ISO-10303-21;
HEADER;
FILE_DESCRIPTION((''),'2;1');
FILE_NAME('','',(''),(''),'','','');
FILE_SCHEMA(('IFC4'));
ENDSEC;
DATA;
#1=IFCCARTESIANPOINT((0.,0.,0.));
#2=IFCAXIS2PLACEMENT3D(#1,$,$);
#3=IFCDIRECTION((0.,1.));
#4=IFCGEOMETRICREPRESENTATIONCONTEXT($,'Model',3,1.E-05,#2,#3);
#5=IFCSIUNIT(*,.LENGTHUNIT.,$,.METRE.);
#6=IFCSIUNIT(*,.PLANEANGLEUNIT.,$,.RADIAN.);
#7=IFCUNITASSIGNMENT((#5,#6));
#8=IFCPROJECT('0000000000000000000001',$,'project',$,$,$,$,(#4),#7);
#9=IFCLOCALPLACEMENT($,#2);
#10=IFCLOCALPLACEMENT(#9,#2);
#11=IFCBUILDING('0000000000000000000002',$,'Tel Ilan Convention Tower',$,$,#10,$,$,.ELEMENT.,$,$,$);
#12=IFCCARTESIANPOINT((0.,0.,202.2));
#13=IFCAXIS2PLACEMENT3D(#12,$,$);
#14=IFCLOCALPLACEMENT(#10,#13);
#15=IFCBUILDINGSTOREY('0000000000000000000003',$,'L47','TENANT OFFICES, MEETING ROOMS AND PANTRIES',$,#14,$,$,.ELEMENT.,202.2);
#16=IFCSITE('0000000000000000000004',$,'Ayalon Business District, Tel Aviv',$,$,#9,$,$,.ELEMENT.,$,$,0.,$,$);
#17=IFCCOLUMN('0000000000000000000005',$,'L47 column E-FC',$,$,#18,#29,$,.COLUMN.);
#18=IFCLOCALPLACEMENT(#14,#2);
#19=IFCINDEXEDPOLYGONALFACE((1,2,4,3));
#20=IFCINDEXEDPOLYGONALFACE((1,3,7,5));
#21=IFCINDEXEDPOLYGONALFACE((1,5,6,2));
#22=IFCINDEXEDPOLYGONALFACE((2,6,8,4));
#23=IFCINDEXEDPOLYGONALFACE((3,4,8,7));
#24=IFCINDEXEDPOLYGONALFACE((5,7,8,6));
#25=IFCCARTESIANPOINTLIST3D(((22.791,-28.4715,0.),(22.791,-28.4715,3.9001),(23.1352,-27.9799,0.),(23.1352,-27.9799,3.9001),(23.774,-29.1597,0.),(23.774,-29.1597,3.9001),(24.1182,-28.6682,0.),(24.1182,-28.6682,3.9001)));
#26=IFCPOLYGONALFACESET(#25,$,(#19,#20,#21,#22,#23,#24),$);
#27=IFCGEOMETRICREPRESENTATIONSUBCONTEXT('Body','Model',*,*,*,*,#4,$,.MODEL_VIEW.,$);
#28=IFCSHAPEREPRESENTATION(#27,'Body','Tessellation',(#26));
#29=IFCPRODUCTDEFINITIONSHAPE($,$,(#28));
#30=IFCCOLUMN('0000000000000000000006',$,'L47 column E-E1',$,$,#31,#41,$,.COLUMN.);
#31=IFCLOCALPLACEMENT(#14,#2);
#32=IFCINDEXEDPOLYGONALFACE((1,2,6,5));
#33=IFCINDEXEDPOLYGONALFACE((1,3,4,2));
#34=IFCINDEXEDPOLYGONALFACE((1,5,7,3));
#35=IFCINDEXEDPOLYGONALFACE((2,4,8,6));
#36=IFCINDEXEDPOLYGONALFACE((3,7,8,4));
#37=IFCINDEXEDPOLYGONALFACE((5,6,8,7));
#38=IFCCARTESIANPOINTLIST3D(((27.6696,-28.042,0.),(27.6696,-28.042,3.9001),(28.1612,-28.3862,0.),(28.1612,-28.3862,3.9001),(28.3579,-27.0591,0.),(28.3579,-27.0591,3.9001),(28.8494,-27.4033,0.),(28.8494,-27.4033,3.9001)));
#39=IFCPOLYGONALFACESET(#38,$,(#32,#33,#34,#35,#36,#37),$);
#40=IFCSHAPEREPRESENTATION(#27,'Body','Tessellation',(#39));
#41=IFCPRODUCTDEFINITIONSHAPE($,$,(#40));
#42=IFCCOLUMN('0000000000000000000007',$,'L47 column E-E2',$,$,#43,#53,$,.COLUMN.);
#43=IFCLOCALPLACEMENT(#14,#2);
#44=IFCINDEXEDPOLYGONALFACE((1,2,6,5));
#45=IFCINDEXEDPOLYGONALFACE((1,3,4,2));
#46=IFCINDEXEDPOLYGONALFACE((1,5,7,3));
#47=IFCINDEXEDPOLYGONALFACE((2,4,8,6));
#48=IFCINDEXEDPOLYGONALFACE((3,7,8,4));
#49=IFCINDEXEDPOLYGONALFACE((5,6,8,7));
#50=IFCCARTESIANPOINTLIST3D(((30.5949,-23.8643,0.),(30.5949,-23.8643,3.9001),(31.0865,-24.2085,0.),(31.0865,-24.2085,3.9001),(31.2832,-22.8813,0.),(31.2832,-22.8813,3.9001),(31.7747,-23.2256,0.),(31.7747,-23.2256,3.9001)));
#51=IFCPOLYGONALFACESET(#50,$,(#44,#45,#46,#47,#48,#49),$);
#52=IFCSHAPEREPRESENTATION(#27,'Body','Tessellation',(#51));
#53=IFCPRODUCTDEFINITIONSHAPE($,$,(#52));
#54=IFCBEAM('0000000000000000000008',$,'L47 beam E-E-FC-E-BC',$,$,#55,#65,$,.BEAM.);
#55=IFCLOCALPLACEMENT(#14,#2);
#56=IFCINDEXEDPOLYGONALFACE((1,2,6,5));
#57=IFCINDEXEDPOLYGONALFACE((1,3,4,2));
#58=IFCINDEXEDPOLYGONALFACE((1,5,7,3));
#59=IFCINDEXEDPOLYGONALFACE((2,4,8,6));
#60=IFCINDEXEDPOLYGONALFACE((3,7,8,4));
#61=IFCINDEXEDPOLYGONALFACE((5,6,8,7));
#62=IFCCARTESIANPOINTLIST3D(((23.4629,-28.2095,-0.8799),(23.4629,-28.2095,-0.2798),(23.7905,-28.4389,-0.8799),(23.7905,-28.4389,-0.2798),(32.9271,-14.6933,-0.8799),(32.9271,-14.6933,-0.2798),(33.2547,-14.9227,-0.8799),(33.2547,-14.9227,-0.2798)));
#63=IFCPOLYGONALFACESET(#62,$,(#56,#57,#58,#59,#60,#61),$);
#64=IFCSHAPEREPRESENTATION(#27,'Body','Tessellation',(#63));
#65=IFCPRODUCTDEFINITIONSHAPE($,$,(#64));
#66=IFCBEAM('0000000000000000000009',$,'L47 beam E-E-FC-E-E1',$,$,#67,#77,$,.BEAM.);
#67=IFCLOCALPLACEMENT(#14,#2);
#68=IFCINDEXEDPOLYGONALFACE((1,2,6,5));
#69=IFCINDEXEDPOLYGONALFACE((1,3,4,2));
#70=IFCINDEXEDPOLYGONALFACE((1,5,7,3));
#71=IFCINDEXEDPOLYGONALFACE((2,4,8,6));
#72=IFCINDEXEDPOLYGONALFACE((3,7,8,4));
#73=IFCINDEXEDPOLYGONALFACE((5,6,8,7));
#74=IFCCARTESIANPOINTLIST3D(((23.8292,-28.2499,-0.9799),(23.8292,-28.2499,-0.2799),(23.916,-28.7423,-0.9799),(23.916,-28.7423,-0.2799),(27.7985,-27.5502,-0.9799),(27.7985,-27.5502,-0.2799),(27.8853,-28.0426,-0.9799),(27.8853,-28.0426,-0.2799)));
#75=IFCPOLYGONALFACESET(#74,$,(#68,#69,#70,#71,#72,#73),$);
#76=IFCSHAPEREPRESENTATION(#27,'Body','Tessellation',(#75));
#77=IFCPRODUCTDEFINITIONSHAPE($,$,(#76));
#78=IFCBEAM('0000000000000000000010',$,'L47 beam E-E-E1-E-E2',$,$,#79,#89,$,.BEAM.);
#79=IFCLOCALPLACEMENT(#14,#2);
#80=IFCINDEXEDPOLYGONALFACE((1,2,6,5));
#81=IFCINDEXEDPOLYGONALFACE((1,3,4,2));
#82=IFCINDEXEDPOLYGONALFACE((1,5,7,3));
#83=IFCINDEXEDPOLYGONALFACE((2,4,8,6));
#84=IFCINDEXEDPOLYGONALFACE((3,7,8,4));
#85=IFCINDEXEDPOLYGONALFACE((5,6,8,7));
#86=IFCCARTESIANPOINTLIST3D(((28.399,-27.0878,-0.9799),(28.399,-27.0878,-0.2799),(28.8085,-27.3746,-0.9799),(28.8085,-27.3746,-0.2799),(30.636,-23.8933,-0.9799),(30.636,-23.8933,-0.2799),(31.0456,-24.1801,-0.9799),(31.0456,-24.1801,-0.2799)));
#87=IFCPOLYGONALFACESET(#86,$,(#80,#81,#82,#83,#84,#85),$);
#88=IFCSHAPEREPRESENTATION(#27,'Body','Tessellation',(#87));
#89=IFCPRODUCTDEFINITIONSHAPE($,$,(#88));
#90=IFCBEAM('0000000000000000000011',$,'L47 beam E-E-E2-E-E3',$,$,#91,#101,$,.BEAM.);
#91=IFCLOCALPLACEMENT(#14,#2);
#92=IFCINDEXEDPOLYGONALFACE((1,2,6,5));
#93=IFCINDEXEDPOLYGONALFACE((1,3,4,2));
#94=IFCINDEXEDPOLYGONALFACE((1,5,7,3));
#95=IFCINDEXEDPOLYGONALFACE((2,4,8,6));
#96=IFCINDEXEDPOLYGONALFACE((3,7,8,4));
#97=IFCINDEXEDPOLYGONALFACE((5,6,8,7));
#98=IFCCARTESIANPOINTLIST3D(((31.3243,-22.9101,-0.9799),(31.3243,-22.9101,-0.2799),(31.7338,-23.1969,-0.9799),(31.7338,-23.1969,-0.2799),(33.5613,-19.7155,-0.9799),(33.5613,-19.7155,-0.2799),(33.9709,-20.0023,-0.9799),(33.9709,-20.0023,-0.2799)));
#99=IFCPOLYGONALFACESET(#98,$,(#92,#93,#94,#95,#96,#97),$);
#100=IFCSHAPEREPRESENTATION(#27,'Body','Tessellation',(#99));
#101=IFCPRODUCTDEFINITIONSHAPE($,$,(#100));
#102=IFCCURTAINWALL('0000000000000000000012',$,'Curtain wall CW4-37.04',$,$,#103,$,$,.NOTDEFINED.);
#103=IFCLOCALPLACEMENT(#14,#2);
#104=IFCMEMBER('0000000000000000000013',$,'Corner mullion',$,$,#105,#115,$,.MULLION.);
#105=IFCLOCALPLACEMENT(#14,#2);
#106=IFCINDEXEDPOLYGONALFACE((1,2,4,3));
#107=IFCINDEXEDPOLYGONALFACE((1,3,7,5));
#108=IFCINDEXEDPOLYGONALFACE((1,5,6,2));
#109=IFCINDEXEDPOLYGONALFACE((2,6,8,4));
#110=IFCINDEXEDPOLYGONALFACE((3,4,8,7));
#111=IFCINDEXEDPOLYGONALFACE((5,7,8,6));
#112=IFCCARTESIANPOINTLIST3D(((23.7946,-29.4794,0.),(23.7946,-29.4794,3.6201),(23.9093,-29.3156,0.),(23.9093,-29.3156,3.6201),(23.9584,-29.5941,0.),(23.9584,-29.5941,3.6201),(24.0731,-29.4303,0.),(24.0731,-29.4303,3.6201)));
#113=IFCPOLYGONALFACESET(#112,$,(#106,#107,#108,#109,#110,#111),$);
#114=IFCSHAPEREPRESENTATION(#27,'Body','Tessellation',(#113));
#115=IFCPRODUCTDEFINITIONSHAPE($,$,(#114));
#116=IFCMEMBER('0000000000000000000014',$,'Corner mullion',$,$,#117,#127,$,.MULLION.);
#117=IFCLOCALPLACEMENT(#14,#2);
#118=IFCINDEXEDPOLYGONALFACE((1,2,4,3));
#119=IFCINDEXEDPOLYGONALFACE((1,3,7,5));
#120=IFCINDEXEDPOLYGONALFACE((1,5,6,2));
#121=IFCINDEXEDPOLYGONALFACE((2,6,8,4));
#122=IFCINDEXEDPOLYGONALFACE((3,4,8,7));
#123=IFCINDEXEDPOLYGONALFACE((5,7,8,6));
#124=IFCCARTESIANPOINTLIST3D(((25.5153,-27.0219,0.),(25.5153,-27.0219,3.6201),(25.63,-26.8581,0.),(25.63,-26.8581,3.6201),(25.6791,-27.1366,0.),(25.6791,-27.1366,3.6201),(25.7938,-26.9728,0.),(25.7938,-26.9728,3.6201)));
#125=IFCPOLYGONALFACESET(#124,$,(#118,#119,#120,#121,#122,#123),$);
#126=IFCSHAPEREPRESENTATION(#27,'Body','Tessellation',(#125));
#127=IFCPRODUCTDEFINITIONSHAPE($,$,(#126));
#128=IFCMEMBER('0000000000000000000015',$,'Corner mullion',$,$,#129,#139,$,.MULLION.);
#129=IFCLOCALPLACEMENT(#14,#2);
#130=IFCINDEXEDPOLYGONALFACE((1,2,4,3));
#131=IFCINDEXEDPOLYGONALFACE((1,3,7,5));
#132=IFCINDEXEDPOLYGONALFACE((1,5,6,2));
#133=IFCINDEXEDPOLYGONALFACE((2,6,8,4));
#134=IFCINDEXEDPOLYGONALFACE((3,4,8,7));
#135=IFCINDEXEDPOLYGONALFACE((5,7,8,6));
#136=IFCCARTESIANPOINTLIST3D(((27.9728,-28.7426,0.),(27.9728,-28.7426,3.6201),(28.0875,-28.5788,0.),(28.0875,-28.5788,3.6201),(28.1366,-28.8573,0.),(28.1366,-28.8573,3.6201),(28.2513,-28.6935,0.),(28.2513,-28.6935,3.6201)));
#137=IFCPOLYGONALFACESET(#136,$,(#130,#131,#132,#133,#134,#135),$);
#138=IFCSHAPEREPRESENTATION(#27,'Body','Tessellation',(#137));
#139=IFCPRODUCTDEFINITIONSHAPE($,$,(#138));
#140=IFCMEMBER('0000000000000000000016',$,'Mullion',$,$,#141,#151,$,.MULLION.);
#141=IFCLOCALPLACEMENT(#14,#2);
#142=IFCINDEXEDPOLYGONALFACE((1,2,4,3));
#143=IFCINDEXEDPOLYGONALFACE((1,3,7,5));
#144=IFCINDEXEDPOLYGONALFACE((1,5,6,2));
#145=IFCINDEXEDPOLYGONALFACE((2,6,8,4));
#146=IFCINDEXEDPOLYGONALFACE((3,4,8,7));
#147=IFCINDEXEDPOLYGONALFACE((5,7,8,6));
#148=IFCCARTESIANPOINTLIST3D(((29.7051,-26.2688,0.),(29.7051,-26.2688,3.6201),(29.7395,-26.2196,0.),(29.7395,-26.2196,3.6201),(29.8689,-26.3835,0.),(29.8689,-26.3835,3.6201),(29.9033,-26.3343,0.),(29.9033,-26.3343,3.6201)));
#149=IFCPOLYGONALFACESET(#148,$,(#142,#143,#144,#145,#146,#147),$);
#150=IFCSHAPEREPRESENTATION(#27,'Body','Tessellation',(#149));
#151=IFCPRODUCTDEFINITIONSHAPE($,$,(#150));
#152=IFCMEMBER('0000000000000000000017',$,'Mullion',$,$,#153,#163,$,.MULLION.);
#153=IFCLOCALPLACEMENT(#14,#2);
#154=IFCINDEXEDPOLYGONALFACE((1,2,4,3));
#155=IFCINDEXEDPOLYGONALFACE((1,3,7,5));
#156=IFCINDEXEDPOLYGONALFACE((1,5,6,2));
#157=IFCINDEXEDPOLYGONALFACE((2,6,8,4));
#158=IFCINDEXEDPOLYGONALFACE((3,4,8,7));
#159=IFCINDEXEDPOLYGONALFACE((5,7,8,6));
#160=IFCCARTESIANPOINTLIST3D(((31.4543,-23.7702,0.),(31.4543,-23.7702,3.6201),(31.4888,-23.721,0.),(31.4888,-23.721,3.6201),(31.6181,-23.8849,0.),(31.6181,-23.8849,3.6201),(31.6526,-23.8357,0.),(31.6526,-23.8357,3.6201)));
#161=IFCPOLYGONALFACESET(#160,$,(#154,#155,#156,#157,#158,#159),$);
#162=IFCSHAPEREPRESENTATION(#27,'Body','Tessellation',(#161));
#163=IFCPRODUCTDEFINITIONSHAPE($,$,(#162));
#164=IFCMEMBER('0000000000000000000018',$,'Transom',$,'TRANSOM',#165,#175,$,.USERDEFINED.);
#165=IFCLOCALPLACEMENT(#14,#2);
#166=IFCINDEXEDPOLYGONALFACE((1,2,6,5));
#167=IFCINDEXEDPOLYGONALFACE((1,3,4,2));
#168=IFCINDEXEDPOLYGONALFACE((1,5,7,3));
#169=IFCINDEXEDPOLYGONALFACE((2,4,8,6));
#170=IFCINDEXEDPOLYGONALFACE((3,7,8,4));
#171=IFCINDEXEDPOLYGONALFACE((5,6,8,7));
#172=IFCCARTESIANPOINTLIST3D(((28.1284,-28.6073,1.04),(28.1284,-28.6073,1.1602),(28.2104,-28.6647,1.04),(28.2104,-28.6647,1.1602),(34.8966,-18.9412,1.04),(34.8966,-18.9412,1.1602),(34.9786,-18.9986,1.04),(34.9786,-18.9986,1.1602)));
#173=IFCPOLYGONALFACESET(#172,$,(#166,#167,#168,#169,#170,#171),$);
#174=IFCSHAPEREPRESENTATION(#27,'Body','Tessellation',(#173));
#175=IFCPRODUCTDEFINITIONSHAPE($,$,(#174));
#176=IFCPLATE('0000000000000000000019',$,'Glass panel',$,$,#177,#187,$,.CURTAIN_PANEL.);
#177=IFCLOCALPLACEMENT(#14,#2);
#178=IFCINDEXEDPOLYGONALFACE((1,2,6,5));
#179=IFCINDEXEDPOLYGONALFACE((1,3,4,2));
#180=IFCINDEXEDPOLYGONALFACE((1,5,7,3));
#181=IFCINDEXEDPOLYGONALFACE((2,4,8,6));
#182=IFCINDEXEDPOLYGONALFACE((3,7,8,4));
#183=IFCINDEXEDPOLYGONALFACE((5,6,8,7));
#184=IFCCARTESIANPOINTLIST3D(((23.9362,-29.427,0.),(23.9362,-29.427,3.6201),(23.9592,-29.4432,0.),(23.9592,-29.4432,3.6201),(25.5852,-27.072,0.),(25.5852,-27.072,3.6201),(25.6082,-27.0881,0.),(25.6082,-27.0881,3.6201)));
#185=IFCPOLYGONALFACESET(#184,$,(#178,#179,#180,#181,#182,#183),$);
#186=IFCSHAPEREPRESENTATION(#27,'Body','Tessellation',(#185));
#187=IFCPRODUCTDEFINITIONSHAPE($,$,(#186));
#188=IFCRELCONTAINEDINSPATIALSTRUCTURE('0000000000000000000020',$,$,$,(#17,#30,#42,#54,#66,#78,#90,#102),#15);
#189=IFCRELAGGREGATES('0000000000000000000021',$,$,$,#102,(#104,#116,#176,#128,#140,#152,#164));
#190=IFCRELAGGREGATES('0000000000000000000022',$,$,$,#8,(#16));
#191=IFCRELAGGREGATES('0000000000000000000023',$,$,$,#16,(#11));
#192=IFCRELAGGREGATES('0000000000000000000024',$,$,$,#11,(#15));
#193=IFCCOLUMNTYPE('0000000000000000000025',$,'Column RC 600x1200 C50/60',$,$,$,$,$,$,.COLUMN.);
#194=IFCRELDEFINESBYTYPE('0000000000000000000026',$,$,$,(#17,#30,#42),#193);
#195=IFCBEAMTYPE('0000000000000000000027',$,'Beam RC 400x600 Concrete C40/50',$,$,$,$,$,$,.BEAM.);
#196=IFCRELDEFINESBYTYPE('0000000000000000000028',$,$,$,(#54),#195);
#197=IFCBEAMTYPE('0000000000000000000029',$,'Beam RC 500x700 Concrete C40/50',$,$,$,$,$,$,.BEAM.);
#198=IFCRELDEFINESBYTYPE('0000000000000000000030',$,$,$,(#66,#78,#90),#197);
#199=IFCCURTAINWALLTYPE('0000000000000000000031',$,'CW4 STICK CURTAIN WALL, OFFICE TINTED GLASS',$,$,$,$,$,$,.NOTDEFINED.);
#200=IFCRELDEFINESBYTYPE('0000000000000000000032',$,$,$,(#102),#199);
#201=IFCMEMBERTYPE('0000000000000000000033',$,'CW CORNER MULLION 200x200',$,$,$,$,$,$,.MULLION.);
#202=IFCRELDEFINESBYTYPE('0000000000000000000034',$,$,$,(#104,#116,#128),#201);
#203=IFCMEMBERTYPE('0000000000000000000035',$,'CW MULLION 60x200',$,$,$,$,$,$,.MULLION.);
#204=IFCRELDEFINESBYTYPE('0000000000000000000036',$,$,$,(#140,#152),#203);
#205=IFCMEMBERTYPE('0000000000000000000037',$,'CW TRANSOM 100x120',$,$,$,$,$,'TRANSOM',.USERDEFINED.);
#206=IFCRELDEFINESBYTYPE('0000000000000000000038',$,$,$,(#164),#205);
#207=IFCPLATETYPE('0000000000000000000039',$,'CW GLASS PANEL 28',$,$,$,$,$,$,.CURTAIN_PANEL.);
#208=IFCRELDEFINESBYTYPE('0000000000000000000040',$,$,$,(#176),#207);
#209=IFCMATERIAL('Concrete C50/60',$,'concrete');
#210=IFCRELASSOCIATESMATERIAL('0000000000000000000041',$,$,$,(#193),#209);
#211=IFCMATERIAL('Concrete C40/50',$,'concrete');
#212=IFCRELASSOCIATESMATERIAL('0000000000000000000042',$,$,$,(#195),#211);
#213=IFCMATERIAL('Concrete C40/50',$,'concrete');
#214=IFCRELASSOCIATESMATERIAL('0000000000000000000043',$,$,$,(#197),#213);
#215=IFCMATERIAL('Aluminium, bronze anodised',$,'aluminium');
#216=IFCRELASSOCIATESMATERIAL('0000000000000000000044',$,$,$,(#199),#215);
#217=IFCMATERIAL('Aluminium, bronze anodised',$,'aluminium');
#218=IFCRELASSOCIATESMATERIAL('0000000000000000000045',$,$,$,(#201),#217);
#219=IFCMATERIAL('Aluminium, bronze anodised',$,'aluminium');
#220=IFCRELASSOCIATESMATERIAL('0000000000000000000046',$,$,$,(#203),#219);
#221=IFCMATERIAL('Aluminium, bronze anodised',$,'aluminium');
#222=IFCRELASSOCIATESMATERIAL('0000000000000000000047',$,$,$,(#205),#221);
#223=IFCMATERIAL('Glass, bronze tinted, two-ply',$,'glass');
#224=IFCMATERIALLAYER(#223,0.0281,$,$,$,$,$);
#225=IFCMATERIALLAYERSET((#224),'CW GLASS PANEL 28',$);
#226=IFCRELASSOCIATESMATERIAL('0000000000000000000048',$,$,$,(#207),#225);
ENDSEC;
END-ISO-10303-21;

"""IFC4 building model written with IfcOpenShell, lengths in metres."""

from ifc_helpers import new_model, si_unit, direction, frame, origin, origin_2d, place, context, subcontext, project, spatial, rectangle, extrude, material, layer, layer_set, material_profile, profile_set, type_object, element, aggregate, save


model = new_model("IFC4")

# Units and contexts
model_context = context("Model", 3, precision=1e-05, world=origin(), true_north=direction((0.0, 1.0)))
body_context = subcontext(model_context, "Body", "Model", "MODEL_VIEW")
ifc_project = project(units=[si_unit("LENGTHUNIT", "METRE"), si_unit("PLANEANGLEUNIT", "RADIAN")], contexts=[model_context])

# Site, building, storey
site_placement = place(None, origin())
site = spatial("IfcSite", under=ifc_project, at=site_placement, Name="Ayalon Business District, Tel Aviv", CompositionType="ELEMENT", RefElevation=0.0)
building_placement = place(site_placement, origin())
building = spatial("IfcBuilding", under=site, at=building_placement, Name="Tel Ilan Convention Tower", CompositionType="ELEMENT")
storey_placement = place(building_placement, frame((0.0, 0.0, 202.2)))
storey = spatial("IfcBuildingStorey", under=building, at=storey_placement, Name="L47", Description="TENANT OFFICES, MEETING ROOMS AND PANTRIES", CompositionType="ELEMENT", Elevation=202.2)

# Columns
ifc_material_1 = material(Name="Concrete C50/60", Category="concrete")
ifc_material_profile_1 = material_profile(ifc_material_1, rectangle(XDim=1.2, YDim=0.6001, at=origin_2d()), Name="RC 600x1200")
ifc_profile_set_1 = profile_set([ifc_material_profile_1], Name="Concrete C50/60")
column_type = type_object("IfcColumnType", Name="Column RC 600x1200 C50/60", PredefinedType="COLUMN", material=ifc_profile_set_1)
for number, where, z_axis, x_axis, name in (
    (1, (23.4546, -28.5698, 0.0), (0.0, 0.0, 1.0), (0.819152, -0.573576, 0.0), "L47 column E-FC"),
    (2, (28.2595, -27.7227, 0.0), (0.0, 0.0, 1.0), (0.573576, 0.819152, 0.0), "L47 column E-E1"),
    (3, (31.1848, -23.5449, 0.0), (0.0, 0.0, 1.0), (0.573576, 0.819152, 0.0), "L47 column E-E2"),
):
    element("IfcColumn", number, at=place(storey_placement, frame(where, z_axis=z_axis, x_axis=x_axis)), inside=storey, type_object=column_type, Name=name, PredefinedType="COLUMN", context=body_context, shape_type="SweptSolid", body=[
        extrude(rectangle(XDim=1.2, YDim=0.6001, at=origin_2d()), origin(), (0.0, 0.0, 1.0), 3.9001),
    ])

# Beams
ifc_material_2 = material(Name="Concrete C40/50", Category="concrete")
ifc_material_profile_2 = material_profile(ifc_material_2, rectangle(XDim=0.3999, YDim=0.6001, at=origin_2d()), Name="RC 400x600")
ifc_profile_set_2 = profile_set([ifc_material_profile_2], Name="Concrete C40/50")
beam_type_1 = type_object("IfcBeamType", Name="Beam RC 400x600 Concrete C40/50", PredefinedType="BEAM", material=ifc_profile_set_2)
beam_1_placement = place(storey_placement, frame((23.6267, -28.3242, -0.5798), z_axis=(0.573578, 0.819151, 0.0), x_axis=(-0.819151, 0.573578, 0.0)))
element("IfcBeam", 4, at=beam_1_placement, inside=storey, type_object=beam_type_1, Name="L47 beam E-E-FC-E-BC", PredefinedType="BEAM", context=body_context, shape_type="SweptSolid", body=[
    extrude(rectangle(XDim=0.3999, YDim=0.6001, at=origin_2d()), origin(), (0.0, 0.0, 1.0), 16.5002),
])
ifc_material_3 = material(Name="Concrete C40/50", Category="concrete")
ifc_material_profile_3 = material_profile(ifc_material_3, rectangle(XDim=0.5, YDim=0.7, at=origin_2d()), Name="RC 500x700")
ifc_profile_set_3 = profile_set([ifc_material_profile_3], Name="Concrete C40/50")
beam_type_2 = type_object("IfcBeamType", Name="Beam RC 500x700 Concrete C40/50", PredefinedType="BEAM", material=ifc_profile_set_3)
beam_2_placement = place(storey_placement, frame((23.8726, -28.4961, -0.6299), z_axis=(0.984815, 0.173606, 0.0), x_axis=(-0.173606, 0.984815, 0.0)))
element("IfcBeam", 5, at=beam_2_placement, inside=storey, type_object=beam_type_2, Name="L47 beam E-E-FC-E-E1", PredefinedType="BEAM", context=body_context, shape_type="SweptSolid", body=[
    extrude(rectangle(XDim=0.5, YDim=0.7, at=origin_2d()), origin(), (0.0, 0.0, 1.0), 4.0305),
])
for number, where, z_axis, x_axis, name in (
    (6, (28.6038, -27.2312, -0.6299), (0.573609, 0.819129, 0.0), (-0.819129, 0.573609, 0.0), "L47 beam E-E-E1-E-E2"),
    (7, (31.5291, -23.0535, -0.6299), (0.573609, 0.819129, 0.0), (-0.819129, 0.573609, 0.0), "L47 beam E-E-E2-E-E3"),
):
    element("IfcBeam", number, at=place(storey_placement, frame(where, z_axis=z_axis, x_axis=x_axis)), inside=storey, type_object=beam_type_2, Name=name, PredefinedType="BEAM", context=body_context, shape_type="SweptSolid", body=[
        extrude(rectangle(XDim=0.5, YDim=0.7, at=origin_2d()), origin(), (0.0, 0.0, 1.0), 3.8999),
    ])

# Curtain wall, members, plate
ifc_material_4 = material(Name="Aluminium, bronze anodised", Category="aluminium")
curtain_wall_type = type_object("IfcCurtainWallType", Name="CW4 STICK CURTAIN WALL, OFFICE TINTED GLASS", PredefinedType="NOTDEFINED", material=ifc_material_4)
curtain_wall_placement = place(storey_placement, origin())
curtain_wall = element("IfcCurtainWall", 8, at=curtain_wall_placement, inside=storey, type_object=curtain_wall_type, Name="Curtain wall CW4-37.04", PredefinedType="NOTDEFINED")
ifc_material_5 = material(Name="Aluminium, bronze anodised", Category="aluminium")
ifc_material_profile_4 = material_profile(ifc_material_5, rectangle(XDim=0.2, YDim=0.2, at=origin_2d()), Name="CW CORNER MULLION 200x200")
ifc_profile_set_4 = profile_set([ifc_material_profile_4], Name="Aluminium, bronze anodised")
member_type_1 = type_object("IfcMemberType", Name="CW CORNER MULLION 200x200", PredefinedType="MULLION", material=ifc_profile_set_4)
member_1_placement = place(storey_placement, frame((23.9338, -29.4548, 0.0), z_axis=(0.0, 0.0, 1.0), x_axis=(0.819152, -0.573576, 0.0)))
member_1 = element("IfcMember", 9, at=member_1_placement, type_object=member_type_1, Name="Corner mullion", PredefinedType="MULLION", context=body_context, shape_type="SweptSolid", body=[
    extrude(rectangle(XDim=0.2, YDim=0.2, at=origin_2d()), origin(), (0.0, 0.0, 1.0), 3.6201),
])
member_2_placement = place(storey_placement, frame((25.6545, -26.9973, 0.0), z_axis=(0.0, 0.0, 1.0), x_axis=(0.573576, 0.819152, 0.0)))
member_2 = element("IfcMember", 10, at=member_2_placement, type_object=member_type_1, Name="Corner mullion", PredefinedType="MULLION", context=body_context, shape_type="SweptSolid", body=[
    extrude(rectangle(XDim=0.2, YDim=0.2, at=origin_2d()), origin(), (0.0, 0.0, 1.0), 3.6201),
])
member_3_placement = place(storey_placement, frame((28.1121, -28.718, 0.0), z_axis=(0.0, 0.0, 1.0), x_axis=(0.819152, -0.573576, 0.0)))
member_3 = element("IfcMember", 11, at=member_3_placement, type_object=member_type_1, Name="Corner mullion", PredefinedType="MULLION", context=body_context, shape_type="SweptSolid", body=[
    extrude(rectangle(XDim=0.2, YDim=0.2, at=origin_2d()), origin(), (0.0, 0.0, 1.0), 3.6201),
])
ifc_material_6 = material(Name="Aluminium, bronze anodised", Category="aluminium")
ifc_material_profile_5 = material_profile(ifc_material_6, rectangle(XDim=0.0601, YDim=0.2, at=origin_2d()), Name="CW MULLION 60x200")
ifc_profile_set_5 = profile_set([ifc_material_profile_5], Name="Aluminium, bronze anodised")
member_type_2 = type_object("IfcMemberType", Name="CW MULLION 60x200", PredefinedType="MULLION", material=ifc_profile_set_5)
member_4_placement = place(storey_placement, frame((29.8042, -26.3015, 0.0), z_axis=(0.0, 0.0, 1.0), x_axis=(0.573576, 0.819152, 0.0)))
member_4 = element("IfcMember", 12, at=member_4_placement, type_object=member_type_2, Name="Mullion", PredefinedType="MULLION", context=body_context, shape_type="SweptSolid", body=[
    extrude(rectangle(XDim=0.0601, YDim=0.2, at=origin_2d()), origin(), (0.0, 0.0, 1.0), 3.6201),
])
member_5_placement = place(storey_placement, frame((31.5535, -23.803, 0.0), z_axis=(0.0, 0.0, 1.0), x_axis=(0.573576, 0.819152, 0.0)))
member_5 = element("IfcMember", 13, at=member_5_placement, type_object=member_type_2, Name="Mullion", PredefinedType="MULLION", context=body_context, shape_type="SweptSolid", body=[
    extrude(rectangle(XDim=0.0601, YDim=0.2, at=origin_2d()), origin(), (0.0, 0.0, 1.0), 3.6201),
])
ifc_material_7 = material(Name="Aluminium, bronze anodised", Category="aluminium")
ifc_material_profile_6 = material_profile(ifc_material_7, rectangle(XDim=0.1001, YDim=0.1201, at=origin_2d()), Name="CW TRANSOM 100x120")
ifc_profile_set_6 = profile_set([ifc_material_profile_6], Name="Aluminium, bronze anodised")
member_type_3 = type_object("IfcMemberType", Name="CW TRANSOM 100x120", ElementType="TRANSOM", PredefinedType="USERDEFINED", material=ifc_profile_set_6)
member_6_placement = place(storey_placement, frame((28.1694, -28.636, 1.1001), z_axis=(0.573568, 0.819158, 0.0), x_axis=(-0.819158, 0.573568, 0.0)))
member_6 = element("IfcMember", 14, at=member_6_placement, type_object=member_type_3, Name="Transom", ObjectType="TRANSOM", PredefinedType="USERDEFINED", context=body_context, shape_type="SweptSolid", body=[
    extrude(rectangle(XDim=0.1001, YDim=0.1201, at=origin_2d()), origin(), (0.0, 0.0, 1.0), 11.8),
])
ifc_material_8 = material(Name="Glass, bronze tinted, two-ply", Category="glass")
ifc_layer_1 = layer(ifc_material_8, 0.0281)
ifc_layer_set_1 = layer_set([ifc_layer_1], Name="CW GLASS PANEL 28")
plate_type = type_object("IfcPlateType", Name="CW GLASS PANEL 28", PredefinedType="CURTAIN_PANEL", material=ifc_layer_set_1)
plate_1_placement = place(storey_placement, frame((24.7722, -28.2576, 0.0), z_axis=(0.0, 0.0, 1.0), x_axis=(0.573576, 0.819152, 0.0)))
plate_1 = element("IfcPlate", 15, at=plate_1_placement, type_object=plate_type, Name="Glass panel", PredefinedType="CURTAIN_PANEL", context=body_context, shape_type="SweptSolid", body=[
    extrude(rectangle(XDim=2.875, YDim=0.0281, at=origin_2d()), origin(), (0.0, 0.0, 1.0), 3.6201),
])
aggregate(curtain_wall, [member_1, member_2, plate_1, member_3, member_4, member_5, member_6])

save(model, "model.ifc")
